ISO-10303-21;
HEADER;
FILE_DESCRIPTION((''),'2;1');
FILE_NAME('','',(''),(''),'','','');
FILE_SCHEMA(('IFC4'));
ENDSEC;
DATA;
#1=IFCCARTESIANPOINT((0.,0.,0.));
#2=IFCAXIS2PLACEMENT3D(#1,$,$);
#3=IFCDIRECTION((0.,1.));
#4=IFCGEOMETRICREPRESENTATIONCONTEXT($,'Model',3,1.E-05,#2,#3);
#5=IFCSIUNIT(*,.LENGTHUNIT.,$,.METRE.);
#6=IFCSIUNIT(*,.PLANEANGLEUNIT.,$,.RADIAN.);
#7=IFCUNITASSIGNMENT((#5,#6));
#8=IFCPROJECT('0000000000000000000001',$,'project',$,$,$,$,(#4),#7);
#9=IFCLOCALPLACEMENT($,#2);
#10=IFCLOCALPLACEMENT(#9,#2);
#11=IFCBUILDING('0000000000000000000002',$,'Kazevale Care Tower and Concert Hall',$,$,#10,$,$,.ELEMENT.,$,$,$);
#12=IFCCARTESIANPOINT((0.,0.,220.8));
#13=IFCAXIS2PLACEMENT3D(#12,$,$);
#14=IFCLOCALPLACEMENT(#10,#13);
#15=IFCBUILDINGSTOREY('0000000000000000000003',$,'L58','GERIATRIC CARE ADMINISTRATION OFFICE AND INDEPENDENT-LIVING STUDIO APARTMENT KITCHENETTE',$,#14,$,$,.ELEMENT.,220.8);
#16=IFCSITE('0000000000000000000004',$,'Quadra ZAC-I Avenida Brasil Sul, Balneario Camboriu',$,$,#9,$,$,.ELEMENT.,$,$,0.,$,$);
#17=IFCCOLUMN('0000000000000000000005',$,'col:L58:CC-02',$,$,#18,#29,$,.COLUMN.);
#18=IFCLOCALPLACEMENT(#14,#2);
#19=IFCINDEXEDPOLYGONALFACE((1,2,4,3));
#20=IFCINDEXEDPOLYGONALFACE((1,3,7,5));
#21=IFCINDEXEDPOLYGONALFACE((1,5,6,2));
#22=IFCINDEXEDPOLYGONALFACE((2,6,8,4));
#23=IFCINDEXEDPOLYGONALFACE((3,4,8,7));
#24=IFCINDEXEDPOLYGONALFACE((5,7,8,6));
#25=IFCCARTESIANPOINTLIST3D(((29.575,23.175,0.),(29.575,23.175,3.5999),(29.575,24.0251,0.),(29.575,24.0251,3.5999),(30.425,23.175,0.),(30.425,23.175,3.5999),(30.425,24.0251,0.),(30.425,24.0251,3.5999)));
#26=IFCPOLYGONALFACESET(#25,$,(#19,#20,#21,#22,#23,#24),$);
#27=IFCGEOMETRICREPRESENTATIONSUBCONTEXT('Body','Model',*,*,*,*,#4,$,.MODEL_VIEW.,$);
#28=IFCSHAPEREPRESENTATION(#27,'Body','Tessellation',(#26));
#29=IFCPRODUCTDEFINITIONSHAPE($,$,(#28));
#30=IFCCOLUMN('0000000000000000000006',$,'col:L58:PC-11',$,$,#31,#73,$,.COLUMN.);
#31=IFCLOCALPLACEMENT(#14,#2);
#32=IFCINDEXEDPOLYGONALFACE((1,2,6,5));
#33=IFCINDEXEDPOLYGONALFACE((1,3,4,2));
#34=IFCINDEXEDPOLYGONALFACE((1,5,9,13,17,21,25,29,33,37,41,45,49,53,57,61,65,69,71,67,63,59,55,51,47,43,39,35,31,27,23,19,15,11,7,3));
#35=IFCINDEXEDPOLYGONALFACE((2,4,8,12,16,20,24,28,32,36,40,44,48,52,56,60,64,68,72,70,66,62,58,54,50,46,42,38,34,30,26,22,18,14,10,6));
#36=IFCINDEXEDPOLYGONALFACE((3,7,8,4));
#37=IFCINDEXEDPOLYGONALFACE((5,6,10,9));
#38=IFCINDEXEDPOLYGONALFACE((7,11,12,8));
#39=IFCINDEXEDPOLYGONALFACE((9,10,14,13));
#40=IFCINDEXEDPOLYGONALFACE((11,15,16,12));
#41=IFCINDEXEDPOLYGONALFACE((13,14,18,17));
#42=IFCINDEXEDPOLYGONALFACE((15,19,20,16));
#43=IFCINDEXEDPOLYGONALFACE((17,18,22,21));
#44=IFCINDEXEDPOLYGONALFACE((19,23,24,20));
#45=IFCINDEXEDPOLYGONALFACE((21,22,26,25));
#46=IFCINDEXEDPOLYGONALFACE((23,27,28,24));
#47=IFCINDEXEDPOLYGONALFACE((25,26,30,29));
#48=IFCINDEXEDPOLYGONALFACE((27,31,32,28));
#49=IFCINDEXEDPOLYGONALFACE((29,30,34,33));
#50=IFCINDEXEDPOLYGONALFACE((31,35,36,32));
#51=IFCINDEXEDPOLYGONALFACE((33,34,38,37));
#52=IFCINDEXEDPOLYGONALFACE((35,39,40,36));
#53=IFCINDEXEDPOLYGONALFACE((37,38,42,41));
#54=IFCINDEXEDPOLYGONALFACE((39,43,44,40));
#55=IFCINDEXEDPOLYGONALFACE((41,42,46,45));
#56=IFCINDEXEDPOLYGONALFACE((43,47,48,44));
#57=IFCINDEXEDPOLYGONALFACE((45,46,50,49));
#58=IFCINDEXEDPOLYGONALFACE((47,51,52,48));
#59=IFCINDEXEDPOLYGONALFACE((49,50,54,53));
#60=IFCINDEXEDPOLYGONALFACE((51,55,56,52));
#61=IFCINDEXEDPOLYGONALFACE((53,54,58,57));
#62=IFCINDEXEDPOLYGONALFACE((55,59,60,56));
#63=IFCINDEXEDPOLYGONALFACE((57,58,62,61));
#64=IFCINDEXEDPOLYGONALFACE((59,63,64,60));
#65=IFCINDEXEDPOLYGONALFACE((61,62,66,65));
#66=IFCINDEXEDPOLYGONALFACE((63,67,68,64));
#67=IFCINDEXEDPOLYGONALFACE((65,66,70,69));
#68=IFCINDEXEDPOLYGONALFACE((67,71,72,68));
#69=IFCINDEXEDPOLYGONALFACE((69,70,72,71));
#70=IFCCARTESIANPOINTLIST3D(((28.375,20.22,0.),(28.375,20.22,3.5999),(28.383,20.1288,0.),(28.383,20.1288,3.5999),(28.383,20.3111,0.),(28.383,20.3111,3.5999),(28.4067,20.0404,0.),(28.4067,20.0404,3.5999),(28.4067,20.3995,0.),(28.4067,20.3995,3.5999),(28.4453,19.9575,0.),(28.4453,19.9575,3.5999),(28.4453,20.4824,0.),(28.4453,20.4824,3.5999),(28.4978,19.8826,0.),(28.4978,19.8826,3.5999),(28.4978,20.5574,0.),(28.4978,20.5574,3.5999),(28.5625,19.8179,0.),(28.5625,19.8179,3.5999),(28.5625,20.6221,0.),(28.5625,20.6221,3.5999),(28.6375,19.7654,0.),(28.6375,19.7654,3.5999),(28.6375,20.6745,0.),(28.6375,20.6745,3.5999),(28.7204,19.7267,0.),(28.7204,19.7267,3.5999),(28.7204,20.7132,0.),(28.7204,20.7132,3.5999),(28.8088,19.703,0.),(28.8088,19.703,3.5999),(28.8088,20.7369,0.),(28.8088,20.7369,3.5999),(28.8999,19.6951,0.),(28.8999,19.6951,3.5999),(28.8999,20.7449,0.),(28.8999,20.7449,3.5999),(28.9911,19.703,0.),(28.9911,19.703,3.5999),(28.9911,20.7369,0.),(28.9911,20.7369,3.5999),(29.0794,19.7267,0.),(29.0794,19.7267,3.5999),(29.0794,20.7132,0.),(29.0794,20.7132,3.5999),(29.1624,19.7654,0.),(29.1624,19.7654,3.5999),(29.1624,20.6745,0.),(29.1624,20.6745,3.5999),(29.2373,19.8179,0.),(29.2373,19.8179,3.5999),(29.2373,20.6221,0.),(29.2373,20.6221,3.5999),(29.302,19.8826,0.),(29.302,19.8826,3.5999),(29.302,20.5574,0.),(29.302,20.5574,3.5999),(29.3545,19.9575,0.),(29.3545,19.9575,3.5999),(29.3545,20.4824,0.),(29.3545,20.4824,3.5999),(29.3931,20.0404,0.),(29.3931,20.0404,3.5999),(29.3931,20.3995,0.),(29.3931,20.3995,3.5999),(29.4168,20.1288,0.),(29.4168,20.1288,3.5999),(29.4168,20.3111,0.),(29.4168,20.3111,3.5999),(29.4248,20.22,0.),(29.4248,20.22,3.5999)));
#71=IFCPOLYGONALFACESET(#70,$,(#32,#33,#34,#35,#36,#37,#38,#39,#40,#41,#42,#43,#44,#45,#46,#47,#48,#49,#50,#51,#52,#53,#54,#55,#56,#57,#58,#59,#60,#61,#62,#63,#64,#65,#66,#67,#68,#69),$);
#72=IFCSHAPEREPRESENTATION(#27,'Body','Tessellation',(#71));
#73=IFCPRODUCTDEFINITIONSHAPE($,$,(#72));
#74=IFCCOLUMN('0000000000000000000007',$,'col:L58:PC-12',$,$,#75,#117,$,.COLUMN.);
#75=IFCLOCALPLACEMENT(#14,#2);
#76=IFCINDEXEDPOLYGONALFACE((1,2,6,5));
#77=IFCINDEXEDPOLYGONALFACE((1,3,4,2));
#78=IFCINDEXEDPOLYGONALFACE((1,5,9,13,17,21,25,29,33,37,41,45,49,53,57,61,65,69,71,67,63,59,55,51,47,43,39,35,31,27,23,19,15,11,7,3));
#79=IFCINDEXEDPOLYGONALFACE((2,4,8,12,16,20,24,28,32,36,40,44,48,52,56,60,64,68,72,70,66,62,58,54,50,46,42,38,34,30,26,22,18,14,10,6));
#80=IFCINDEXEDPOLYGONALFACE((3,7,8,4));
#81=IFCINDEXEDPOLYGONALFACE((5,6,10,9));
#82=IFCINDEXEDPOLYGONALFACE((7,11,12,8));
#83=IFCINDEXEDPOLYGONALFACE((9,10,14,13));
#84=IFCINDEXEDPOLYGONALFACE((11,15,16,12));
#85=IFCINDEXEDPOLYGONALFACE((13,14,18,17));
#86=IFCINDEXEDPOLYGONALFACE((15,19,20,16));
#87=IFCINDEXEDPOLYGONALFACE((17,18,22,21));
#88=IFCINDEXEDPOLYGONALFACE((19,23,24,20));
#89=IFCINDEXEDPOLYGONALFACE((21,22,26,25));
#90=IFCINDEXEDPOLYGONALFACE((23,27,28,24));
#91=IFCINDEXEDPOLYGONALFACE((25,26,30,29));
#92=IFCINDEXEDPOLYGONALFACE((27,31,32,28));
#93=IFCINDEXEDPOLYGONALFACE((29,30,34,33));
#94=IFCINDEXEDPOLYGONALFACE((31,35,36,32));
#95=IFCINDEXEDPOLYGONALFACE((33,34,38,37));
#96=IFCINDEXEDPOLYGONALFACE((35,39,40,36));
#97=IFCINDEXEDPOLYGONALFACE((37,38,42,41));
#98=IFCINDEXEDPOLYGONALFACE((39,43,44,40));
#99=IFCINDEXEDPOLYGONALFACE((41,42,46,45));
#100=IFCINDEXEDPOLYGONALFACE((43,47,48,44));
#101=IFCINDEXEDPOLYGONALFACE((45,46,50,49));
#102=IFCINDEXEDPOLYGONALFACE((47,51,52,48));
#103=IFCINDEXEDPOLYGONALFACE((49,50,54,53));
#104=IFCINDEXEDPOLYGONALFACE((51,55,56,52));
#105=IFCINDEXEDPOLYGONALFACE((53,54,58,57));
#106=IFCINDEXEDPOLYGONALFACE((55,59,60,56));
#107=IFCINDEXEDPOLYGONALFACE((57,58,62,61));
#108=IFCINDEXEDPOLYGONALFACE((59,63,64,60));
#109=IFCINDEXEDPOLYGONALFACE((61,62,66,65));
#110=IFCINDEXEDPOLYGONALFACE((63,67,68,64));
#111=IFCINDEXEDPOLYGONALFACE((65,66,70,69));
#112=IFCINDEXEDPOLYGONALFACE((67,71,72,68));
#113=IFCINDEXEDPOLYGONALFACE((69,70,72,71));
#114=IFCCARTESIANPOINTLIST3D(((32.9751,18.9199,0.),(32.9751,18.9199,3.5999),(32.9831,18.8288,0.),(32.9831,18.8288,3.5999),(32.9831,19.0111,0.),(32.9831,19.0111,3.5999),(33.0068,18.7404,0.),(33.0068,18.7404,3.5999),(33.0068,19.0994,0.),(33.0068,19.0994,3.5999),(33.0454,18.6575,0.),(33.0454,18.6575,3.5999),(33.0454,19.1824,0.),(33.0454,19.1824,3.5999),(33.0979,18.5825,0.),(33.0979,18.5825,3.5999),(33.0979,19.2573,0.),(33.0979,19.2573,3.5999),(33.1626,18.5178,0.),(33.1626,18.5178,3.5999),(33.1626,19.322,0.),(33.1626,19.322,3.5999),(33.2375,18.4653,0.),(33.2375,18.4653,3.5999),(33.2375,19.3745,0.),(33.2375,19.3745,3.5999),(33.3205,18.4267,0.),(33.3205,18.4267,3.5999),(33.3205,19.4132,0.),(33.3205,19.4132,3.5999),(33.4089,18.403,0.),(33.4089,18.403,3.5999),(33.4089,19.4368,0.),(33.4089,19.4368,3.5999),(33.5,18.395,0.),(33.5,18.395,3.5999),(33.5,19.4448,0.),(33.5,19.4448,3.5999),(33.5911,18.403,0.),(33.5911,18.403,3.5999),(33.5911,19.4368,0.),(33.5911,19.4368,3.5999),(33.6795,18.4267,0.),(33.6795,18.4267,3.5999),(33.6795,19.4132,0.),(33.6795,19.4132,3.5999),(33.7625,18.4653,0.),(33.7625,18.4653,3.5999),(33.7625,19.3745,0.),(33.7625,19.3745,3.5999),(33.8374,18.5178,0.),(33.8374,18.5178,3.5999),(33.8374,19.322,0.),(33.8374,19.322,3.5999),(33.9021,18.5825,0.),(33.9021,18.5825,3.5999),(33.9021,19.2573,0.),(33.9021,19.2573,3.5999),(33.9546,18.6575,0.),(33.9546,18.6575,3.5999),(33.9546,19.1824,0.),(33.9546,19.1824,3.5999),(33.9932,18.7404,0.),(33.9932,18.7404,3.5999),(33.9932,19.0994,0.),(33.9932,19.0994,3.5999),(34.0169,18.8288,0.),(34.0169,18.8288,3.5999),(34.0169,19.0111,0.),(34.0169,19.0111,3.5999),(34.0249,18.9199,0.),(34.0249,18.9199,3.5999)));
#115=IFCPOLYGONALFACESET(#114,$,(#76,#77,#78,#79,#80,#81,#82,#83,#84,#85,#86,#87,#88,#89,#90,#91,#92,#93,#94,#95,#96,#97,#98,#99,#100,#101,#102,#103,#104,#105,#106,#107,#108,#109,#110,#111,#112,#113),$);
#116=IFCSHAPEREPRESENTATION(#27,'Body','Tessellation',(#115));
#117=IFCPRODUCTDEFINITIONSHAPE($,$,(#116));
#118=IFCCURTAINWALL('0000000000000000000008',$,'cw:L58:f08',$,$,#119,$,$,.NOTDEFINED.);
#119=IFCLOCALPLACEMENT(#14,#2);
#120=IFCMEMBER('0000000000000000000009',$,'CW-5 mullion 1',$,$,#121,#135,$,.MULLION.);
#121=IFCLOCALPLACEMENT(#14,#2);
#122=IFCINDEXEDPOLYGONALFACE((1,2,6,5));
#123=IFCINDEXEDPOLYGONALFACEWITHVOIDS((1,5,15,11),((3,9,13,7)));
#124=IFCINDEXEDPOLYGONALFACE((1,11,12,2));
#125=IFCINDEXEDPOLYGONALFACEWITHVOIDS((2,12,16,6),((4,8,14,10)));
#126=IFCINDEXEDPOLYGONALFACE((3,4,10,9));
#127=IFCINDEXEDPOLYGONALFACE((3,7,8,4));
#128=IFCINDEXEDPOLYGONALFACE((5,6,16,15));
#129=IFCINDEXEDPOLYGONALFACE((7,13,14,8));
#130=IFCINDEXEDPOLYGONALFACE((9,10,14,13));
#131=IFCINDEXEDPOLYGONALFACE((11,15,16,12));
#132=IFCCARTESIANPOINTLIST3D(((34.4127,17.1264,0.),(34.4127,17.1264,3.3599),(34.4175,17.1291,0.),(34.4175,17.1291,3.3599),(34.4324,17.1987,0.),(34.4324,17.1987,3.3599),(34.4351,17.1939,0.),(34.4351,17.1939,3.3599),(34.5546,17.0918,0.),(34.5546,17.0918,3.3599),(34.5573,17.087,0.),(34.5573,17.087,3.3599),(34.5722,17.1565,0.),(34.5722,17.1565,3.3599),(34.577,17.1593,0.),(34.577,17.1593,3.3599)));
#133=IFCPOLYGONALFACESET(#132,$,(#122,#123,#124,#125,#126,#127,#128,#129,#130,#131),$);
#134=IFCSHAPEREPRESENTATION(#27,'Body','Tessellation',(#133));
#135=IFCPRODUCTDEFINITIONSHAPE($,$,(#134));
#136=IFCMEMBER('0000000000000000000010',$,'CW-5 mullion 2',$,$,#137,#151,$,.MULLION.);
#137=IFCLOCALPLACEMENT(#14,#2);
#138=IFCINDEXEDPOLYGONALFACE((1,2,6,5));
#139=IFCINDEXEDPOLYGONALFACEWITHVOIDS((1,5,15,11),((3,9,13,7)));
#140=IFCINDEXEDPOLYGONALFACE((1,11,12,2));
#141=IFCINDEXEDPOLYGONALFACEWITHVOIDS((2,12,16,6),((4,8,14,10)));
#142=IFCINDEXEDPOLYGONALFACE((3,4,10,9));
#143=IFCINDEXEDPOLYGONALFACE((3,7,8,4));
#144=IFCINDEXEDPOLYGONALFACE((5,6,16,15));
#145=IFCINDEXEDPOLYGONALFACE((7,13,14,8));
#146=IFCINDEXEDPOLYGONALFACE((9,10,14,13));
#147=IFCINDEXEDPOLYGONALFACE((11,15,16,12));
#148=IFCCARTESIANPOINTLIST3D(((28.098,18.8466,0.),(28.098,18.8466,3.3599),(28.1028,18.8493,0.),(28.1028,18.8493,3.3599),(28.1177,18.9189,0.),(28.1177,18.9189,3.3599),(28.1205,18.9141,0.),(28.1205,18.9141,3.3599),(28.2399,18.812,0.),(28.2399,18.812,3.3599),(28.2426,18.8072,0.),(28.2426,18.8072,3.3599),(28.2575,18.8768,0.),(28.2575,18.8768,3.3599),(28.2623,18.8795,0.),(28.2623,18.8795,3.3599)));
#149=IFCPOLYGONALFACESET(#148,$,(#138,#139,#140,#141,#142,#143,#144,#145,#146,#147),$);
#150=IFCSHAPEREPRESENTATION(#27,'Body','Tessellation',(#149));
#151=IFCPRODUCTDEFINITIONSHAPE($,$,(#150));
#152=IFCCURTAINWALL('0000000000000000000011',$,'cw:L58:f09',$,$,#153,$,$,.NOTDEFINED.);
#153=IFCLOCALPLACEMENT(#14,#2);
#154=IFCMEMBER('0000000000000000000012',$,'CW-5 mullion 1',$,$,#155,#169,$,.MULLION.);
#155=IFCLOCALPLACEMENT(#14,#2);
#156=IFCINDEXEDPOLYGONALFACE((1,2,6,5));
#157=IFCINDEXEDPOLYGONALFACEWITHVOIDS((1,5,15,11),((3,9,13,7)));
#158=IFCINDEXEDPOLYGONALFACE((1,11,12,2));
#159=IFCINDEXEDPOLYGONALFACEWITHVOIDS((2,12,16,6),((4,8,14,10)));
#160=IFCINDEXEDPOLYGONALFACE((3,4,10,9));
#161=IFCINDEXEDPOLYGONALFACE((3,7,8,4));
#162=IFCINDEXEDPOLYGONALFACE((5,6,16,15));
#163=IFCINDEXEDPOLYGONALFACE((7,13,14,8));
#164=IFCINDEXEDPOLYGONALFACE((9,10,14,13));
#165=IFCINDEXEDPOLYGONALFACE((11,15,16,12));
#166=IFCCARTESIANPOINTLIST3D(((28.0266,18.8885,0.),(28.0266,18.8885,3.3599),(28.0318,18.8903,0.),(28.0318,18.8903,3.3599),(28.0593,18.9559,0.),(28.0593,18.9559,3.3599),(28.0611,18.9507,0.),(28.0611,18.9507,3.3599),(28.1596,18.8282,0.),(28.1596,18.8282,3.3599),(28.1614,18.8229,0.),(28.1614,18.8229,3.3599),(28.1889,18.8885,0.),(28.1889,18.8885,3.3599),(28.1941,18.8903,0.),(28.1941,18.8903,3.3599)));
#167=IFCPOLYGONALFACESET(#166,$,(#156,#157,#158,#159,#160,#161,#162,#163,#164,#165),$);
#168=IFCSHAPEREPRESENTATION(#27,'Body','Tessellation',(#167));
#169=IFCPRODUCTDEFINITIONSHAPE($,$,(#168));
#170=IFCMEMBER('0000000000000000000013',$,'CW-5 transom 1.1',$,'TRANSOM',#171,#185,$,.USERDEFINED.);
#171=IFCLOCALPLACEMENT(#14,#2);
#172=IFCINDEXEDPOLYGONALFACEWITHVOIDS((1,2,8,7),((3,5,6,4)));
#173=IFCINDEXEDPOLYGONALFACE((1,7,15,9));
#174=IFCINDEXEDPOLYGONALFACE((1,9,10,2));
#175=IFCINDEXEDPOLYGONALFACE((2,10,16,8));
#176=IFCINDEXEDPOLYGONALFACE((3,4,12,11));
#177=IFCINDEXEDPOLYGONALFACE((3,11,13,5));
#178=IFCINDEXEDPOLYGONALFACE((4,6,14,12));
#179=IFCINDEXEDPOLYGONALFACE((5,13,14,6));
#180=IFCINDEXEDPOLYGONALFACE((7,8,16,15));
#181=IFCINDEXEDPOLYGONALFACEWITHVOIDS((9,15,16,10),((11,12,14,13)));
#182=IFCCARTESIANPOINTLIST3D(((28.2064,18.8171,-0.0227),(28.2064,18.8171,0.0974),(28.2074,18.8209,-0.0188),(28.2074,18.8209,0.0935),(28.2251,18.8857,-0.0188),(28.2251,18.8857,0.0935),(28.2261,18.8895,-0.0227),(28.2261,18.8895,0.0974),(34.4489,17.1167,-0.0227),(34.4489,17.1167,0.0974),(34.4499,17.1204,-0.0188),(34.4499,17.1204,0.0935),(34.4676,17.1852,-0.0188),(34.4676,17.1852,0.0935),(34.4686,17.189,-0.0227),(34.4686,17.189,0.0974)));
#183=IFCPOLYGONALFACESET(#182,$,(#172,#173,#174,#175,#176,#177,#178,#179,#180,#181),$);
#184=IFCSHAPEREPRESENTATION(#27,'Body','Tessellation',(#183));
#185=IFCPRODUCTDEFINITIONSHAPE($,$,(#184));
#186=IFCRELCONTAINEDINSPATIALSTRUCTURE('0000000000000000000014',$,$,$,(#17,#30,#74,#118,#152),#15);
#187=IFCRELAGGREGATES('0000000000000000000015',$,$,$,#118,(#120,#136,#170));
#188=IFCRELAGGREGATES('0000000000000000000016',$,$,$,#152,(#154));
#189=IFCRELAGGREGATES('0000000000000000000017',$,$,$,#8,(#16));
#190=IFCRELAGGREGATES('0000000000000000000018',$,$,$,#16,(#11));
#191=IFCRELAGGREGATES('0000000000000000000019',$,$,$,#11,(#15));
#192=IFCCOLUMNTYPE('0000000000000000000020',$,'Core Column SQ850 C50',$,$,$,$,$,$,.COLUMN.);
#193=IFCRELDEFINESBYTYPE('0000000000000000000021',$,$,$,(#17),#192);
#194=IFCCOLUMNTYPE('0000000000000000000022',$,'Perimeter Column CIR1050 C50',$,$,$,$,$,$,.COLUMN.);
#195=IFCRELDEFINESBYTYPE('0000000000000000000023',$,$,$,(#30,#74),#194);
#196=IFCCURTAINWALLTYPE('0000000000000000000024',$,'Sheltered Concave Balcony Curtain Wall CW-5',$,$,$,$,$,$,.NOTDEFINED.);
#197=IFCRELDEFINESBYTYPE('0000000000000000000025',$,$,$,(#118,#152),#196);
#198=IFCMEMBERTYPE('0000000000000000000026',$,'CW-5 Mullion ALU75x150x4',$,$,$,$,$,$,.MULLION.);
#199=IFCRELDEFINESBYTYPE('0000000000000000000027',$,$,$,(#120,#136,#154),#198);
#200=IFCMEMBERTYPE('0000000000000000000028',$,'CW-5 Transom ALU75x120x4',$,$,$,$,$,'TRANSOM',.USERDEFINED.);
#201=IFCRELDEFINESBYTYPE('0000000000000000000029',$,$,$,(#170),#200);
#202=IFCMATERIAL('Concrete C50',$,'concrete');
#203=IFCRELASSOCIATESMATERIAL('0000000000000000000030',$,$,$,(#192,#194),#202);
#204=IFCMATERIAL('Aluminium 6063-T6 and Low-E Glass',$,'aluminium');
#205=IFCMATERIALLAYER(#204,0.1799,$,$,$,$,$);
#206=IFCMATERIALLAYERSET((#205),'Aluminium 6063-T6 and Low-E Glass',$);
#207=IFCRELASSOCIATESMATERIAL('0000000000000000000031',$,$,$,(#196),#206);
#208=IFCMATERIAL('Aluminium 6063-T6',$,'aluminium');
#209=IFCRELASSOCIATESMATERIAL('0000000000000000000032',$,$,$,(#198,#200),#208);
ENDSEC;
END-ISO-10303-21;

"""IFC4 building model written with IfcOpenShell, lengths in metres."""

from ifc_helpers import new_model, si_unit, direction, frame, origin, origin_2d, place, context, subcontext, project, spatial, rectangle, hollow_rectangle, circle, extrude, material, layer, layer_set, material_profile, profile_set, type_object, element, aggregate, save


model = new_model("IFC4")

# Units and contexts
model_context = context("Model", 3, precision=1e-05, world=origin(), true_north=direction((0.0, 1.0)))
body_context = subcontext(model_context, "Body", "Model", "MODEL_VIEW")
ifc_project = project(units=[si_unit("LENGTHUNIT", "METRE"), si_unit("PLANEANGLEUNIT", "RADIAN")], contexts=[model_context])

# Site, building, storey
site_placement = place(None, origin())
site = spatial("IfcSite", under=ifc_project, at=site_placement, Name="Quadra ZAC-I Avenida Brasil Sul, Balneario Camboriu", CompositionType="ELEMENT", RefElevation=0.0)
building_placement = place(site_placement, origin())
building = spatial("IfcBuilding", under=site, at=building_placement, Name="Kazevale Care Tower and Concert Hall", CompositionType="ELEMENT")
storey_placement = place(building_placement, frame((0.0, 0.0, 220.8)))
storey = spatial("IfcBuildingStorey", under=building, at=storey_placement, Name="L58", Description="GERIATRIC CARE ADMINISTRATION OFFICE AND INDEPENDENT-LIVING STUDIO APARTMENT KITCHENETTE", CompositionType="ELEMENT", Elevation=220.8)

# Columns
ifc_material_1 = material(Name="Concrete C50", Category="concrete")
ifc_material_profile_1 = material_profile(ifc_material_1, rectangle(XDim=0.8501, YDim=0.8501, at=origin_2d()), Name="RC-SQ850")
ifc_profile_set_1 = profile_set([ifc_material_profile_1], Name="Concrete C50")
column_type_1 = type_object("IfcColumnType", Name="Core Column SQ850 C50", PredefinedType="COLUMN", material=ifc_profile_set_1)
column_placement = place(storey_placement, frame((30.0, 23.6001, 0.0), z_axis=(0.0, 0.0, 1.0), x_axis=(1.0, 0.0, 0.0)))
element("IfcColumn", 1, at=column_placement, inside=storey, type_object=column_type_1, Name="col:L58:CC-02", PredefinedType="COLUMN", context=body_context, shape_type="SweptSolid", body=[
    extrude(rectangle(XDim=0.8501, YDim=0.8501, at=origin_2d()), origin(), (0.0, 0.0, 1.0), 3.5999),
])
ifc_material_profile_2 = material_profile(ifc_material_1, circle(Radius=0.5249, at=origin_2d()), Name="RC-CIR1050")
ifc_profile_set_2 = profile_set([ifc_material_profile_2], Name="Concrete C50")
column_type_2 = type_object("IfcColumnType", Name="Perimeter Column CIR1050 C50", PredefinedType="COLUMN", material=ifc_profile_set_2)
for number, where, z_axis, x_axis, name in (
    (2, (28.8999, 20.22, 0.0), (0.0, 0.0, 1.0), (1.0, 0.0, 0.0), "col:L58:PC-11"),
    (3, (33.5, 18.9199, 0.0), (0.0, 0.0, 1.0), (1.0, 0.0, 0.0), "col:L58:PC-12"),
):
    element("IfcColumn", number, at=place(storey_placement, frame(where, z_axis=z_axis, x_axis=x_axis)), inside=storey, type_object=column_type_2, Name=name, PredefinedType="COLUMN", context=body_context, shape_type="SweptSolid", body=[
        extrude(circle(Radius=0.5249, at=origin_2d()), origin(), (0.0, 0.0, 1.0), 3.5999),
    ])

# Curtain wall, members
ifc_material_2 = material(Name="Aluminium 6063-T6 and Low-E Glass", Category="aluminium")
ifc_layer_1 = layer(ifc_material_2, 0.1799)
ifc_layer_set_1 = layer_set([ifc_layer_1], Name="Aluminium 6063-T6 and Low-E Glass")
curtain_wall_type = type_object("IfcCurtainWallType", Name="Sheltered Concave Balcony Curtain Wall CW-5", PredefinedType="NOTDEFINED", material=ifc_layer_set_1)
curtain_wall_1_placement = place(storey_placement, origin())
curtain_wall_1 = element("IfcCurtainWall", 4, at=curtain_wall_1_placement, inside=storey, type_object=curtain_wall_type, Name="cw:L58:f08", PredefinedType="NOTDEFINED")
ifc_material_3 = material(Name="Aluminium 6063-T6", Category="aluminium")
ifc_material_profile_3 = material_profile(ifc_material_3, hollow_rectangle(XDim=0.075, YDim=0.1499, WallThickness=0.0039, at=origin_2d()), Name="ALU75x150x4")
ifc_profile_set_3 = profile_set([ifc_material_profile_3], Name="Aluminium 6063-T6")
member_type_1 = type_object("IfcMemberType", Name="CW-5 Mullion ALU75x150x4", PredefinedType="MULLION", material=ifc_profile_set_3)
member_1_placement = place(storey_placement, frame((34.4949, 17.1428, 0.0), z_axis=(0.0, 0.0, 1.0), x_axis=(-0.262849, -0.964837, 0.0)))
member_1 = element("IfcMember", 5, at=member_1_placement, type_object=member_type_1, Name="CW-5 mullion 1", PredefinedType="MULLION", context=body_context, shape_type="SweptSolid", body=[
    extrude(hollow_rectangle(XDim=0.075, YDim=0.1499, WallThickness=0.0039, at=origin_2d()), origin(), (0.0, 0.0, 1.0), 3.3599),
])
member_2_placement = place(storey_placement, frame((28.1802, 18.863, 0.0), z_axis=(0.0, 0.0, 1.0), x_axis=(-0.262849, -0.964837, 0.0)))
member_2 = element("IfcMember", 6, at=member_2_placement, type_object=member_type_1, Name="CW-5 mullion 2", PredefinedType="MULLION", context=body_context, shape_type="SweptSolid", body=[
    extrude(hollow_rectangle(XDim=0.075, YDim=0.1499, WallThickness=0.0039, at=origin_2d()), origin(), (0.0, 0.0, 1.0), 3.3599),
])

# Curtain wall, member
curtain_wall_2_placement = place(storey_placement, origin())
curtain_wall_2 = element("IfcCurtainWall", 7, at=curtain_wall_2_placement, inside=storey, type_object=curtain_wall_type, Name="cw:L58:f09", PredefinedType="NOTDEFINED")
member_3_placement = place(storey_placement, frame((28.1104, 18.8894, 0.0), z_axis=(0.0, 0.0, 1.0), x_axis=(-0.437238, -0.899346, 0.0)))
member_3 = element("IfcMember", 8, at=member_3_placement, type_object=member_type_1, Name="CW-5 mullion 1", PredefinedType="MULLION", context=body_context, shape_type="SweptSolid", body=[
    extrude(hollow_rectangle(XDim=0.075, YDim=0.1499, WallThickness=0.0039, at=origin_2d()), origin(), (0.0, 0.0, 1.0), 3.3599),
])

# Member
ifc_material_profile_4 = material_profile(ifc_material_3, hollow_rectangle(XDim=0.075, YDim=0.1201, WallThickness=0.0039, at=origin_2d()), Name="ALU75x120x4")
ifc_profile_set_4 = profile_set([ifc_material_profile_4], Name="Aluminium 6063-T6")
member_type_2 = type_object("IfcMemberType", Name="CW-5 Transom ALU75x120x4", ElementType="TRANSOM", PredefinedType="USERDEFINED", material=ifc_profile_set_4)
member_4_placement = place(storey_placement, frame((34.4587, 17.1528, 0.0374), z_axis=(-0.964844, 0.262824, 0.0), x_axis=(-0.262824, -0.964844, 0.0)))
member_4 = element("IfcMember", 9, at=member_4_placement, type_object=member_type_2, Name="CW-5 transom 1.1", ObjectType="TRANSOM", PredefinedType="USERDEFINED", context=body_context, shape_type="SweptSolid", body=[
    extrude(hollow_rectangle(XDim=0.075, YDim=0.1201, WallThickness=0.0039, at=origin_2d()), origin(), (0.0, 0.0, 1.0), 6.47),
])

aggregate(curtain_wall_1, [member_1, member_2, member_4])
aggregate(curtain_wall_2, [member_3])

save(model, "model.ifc")
